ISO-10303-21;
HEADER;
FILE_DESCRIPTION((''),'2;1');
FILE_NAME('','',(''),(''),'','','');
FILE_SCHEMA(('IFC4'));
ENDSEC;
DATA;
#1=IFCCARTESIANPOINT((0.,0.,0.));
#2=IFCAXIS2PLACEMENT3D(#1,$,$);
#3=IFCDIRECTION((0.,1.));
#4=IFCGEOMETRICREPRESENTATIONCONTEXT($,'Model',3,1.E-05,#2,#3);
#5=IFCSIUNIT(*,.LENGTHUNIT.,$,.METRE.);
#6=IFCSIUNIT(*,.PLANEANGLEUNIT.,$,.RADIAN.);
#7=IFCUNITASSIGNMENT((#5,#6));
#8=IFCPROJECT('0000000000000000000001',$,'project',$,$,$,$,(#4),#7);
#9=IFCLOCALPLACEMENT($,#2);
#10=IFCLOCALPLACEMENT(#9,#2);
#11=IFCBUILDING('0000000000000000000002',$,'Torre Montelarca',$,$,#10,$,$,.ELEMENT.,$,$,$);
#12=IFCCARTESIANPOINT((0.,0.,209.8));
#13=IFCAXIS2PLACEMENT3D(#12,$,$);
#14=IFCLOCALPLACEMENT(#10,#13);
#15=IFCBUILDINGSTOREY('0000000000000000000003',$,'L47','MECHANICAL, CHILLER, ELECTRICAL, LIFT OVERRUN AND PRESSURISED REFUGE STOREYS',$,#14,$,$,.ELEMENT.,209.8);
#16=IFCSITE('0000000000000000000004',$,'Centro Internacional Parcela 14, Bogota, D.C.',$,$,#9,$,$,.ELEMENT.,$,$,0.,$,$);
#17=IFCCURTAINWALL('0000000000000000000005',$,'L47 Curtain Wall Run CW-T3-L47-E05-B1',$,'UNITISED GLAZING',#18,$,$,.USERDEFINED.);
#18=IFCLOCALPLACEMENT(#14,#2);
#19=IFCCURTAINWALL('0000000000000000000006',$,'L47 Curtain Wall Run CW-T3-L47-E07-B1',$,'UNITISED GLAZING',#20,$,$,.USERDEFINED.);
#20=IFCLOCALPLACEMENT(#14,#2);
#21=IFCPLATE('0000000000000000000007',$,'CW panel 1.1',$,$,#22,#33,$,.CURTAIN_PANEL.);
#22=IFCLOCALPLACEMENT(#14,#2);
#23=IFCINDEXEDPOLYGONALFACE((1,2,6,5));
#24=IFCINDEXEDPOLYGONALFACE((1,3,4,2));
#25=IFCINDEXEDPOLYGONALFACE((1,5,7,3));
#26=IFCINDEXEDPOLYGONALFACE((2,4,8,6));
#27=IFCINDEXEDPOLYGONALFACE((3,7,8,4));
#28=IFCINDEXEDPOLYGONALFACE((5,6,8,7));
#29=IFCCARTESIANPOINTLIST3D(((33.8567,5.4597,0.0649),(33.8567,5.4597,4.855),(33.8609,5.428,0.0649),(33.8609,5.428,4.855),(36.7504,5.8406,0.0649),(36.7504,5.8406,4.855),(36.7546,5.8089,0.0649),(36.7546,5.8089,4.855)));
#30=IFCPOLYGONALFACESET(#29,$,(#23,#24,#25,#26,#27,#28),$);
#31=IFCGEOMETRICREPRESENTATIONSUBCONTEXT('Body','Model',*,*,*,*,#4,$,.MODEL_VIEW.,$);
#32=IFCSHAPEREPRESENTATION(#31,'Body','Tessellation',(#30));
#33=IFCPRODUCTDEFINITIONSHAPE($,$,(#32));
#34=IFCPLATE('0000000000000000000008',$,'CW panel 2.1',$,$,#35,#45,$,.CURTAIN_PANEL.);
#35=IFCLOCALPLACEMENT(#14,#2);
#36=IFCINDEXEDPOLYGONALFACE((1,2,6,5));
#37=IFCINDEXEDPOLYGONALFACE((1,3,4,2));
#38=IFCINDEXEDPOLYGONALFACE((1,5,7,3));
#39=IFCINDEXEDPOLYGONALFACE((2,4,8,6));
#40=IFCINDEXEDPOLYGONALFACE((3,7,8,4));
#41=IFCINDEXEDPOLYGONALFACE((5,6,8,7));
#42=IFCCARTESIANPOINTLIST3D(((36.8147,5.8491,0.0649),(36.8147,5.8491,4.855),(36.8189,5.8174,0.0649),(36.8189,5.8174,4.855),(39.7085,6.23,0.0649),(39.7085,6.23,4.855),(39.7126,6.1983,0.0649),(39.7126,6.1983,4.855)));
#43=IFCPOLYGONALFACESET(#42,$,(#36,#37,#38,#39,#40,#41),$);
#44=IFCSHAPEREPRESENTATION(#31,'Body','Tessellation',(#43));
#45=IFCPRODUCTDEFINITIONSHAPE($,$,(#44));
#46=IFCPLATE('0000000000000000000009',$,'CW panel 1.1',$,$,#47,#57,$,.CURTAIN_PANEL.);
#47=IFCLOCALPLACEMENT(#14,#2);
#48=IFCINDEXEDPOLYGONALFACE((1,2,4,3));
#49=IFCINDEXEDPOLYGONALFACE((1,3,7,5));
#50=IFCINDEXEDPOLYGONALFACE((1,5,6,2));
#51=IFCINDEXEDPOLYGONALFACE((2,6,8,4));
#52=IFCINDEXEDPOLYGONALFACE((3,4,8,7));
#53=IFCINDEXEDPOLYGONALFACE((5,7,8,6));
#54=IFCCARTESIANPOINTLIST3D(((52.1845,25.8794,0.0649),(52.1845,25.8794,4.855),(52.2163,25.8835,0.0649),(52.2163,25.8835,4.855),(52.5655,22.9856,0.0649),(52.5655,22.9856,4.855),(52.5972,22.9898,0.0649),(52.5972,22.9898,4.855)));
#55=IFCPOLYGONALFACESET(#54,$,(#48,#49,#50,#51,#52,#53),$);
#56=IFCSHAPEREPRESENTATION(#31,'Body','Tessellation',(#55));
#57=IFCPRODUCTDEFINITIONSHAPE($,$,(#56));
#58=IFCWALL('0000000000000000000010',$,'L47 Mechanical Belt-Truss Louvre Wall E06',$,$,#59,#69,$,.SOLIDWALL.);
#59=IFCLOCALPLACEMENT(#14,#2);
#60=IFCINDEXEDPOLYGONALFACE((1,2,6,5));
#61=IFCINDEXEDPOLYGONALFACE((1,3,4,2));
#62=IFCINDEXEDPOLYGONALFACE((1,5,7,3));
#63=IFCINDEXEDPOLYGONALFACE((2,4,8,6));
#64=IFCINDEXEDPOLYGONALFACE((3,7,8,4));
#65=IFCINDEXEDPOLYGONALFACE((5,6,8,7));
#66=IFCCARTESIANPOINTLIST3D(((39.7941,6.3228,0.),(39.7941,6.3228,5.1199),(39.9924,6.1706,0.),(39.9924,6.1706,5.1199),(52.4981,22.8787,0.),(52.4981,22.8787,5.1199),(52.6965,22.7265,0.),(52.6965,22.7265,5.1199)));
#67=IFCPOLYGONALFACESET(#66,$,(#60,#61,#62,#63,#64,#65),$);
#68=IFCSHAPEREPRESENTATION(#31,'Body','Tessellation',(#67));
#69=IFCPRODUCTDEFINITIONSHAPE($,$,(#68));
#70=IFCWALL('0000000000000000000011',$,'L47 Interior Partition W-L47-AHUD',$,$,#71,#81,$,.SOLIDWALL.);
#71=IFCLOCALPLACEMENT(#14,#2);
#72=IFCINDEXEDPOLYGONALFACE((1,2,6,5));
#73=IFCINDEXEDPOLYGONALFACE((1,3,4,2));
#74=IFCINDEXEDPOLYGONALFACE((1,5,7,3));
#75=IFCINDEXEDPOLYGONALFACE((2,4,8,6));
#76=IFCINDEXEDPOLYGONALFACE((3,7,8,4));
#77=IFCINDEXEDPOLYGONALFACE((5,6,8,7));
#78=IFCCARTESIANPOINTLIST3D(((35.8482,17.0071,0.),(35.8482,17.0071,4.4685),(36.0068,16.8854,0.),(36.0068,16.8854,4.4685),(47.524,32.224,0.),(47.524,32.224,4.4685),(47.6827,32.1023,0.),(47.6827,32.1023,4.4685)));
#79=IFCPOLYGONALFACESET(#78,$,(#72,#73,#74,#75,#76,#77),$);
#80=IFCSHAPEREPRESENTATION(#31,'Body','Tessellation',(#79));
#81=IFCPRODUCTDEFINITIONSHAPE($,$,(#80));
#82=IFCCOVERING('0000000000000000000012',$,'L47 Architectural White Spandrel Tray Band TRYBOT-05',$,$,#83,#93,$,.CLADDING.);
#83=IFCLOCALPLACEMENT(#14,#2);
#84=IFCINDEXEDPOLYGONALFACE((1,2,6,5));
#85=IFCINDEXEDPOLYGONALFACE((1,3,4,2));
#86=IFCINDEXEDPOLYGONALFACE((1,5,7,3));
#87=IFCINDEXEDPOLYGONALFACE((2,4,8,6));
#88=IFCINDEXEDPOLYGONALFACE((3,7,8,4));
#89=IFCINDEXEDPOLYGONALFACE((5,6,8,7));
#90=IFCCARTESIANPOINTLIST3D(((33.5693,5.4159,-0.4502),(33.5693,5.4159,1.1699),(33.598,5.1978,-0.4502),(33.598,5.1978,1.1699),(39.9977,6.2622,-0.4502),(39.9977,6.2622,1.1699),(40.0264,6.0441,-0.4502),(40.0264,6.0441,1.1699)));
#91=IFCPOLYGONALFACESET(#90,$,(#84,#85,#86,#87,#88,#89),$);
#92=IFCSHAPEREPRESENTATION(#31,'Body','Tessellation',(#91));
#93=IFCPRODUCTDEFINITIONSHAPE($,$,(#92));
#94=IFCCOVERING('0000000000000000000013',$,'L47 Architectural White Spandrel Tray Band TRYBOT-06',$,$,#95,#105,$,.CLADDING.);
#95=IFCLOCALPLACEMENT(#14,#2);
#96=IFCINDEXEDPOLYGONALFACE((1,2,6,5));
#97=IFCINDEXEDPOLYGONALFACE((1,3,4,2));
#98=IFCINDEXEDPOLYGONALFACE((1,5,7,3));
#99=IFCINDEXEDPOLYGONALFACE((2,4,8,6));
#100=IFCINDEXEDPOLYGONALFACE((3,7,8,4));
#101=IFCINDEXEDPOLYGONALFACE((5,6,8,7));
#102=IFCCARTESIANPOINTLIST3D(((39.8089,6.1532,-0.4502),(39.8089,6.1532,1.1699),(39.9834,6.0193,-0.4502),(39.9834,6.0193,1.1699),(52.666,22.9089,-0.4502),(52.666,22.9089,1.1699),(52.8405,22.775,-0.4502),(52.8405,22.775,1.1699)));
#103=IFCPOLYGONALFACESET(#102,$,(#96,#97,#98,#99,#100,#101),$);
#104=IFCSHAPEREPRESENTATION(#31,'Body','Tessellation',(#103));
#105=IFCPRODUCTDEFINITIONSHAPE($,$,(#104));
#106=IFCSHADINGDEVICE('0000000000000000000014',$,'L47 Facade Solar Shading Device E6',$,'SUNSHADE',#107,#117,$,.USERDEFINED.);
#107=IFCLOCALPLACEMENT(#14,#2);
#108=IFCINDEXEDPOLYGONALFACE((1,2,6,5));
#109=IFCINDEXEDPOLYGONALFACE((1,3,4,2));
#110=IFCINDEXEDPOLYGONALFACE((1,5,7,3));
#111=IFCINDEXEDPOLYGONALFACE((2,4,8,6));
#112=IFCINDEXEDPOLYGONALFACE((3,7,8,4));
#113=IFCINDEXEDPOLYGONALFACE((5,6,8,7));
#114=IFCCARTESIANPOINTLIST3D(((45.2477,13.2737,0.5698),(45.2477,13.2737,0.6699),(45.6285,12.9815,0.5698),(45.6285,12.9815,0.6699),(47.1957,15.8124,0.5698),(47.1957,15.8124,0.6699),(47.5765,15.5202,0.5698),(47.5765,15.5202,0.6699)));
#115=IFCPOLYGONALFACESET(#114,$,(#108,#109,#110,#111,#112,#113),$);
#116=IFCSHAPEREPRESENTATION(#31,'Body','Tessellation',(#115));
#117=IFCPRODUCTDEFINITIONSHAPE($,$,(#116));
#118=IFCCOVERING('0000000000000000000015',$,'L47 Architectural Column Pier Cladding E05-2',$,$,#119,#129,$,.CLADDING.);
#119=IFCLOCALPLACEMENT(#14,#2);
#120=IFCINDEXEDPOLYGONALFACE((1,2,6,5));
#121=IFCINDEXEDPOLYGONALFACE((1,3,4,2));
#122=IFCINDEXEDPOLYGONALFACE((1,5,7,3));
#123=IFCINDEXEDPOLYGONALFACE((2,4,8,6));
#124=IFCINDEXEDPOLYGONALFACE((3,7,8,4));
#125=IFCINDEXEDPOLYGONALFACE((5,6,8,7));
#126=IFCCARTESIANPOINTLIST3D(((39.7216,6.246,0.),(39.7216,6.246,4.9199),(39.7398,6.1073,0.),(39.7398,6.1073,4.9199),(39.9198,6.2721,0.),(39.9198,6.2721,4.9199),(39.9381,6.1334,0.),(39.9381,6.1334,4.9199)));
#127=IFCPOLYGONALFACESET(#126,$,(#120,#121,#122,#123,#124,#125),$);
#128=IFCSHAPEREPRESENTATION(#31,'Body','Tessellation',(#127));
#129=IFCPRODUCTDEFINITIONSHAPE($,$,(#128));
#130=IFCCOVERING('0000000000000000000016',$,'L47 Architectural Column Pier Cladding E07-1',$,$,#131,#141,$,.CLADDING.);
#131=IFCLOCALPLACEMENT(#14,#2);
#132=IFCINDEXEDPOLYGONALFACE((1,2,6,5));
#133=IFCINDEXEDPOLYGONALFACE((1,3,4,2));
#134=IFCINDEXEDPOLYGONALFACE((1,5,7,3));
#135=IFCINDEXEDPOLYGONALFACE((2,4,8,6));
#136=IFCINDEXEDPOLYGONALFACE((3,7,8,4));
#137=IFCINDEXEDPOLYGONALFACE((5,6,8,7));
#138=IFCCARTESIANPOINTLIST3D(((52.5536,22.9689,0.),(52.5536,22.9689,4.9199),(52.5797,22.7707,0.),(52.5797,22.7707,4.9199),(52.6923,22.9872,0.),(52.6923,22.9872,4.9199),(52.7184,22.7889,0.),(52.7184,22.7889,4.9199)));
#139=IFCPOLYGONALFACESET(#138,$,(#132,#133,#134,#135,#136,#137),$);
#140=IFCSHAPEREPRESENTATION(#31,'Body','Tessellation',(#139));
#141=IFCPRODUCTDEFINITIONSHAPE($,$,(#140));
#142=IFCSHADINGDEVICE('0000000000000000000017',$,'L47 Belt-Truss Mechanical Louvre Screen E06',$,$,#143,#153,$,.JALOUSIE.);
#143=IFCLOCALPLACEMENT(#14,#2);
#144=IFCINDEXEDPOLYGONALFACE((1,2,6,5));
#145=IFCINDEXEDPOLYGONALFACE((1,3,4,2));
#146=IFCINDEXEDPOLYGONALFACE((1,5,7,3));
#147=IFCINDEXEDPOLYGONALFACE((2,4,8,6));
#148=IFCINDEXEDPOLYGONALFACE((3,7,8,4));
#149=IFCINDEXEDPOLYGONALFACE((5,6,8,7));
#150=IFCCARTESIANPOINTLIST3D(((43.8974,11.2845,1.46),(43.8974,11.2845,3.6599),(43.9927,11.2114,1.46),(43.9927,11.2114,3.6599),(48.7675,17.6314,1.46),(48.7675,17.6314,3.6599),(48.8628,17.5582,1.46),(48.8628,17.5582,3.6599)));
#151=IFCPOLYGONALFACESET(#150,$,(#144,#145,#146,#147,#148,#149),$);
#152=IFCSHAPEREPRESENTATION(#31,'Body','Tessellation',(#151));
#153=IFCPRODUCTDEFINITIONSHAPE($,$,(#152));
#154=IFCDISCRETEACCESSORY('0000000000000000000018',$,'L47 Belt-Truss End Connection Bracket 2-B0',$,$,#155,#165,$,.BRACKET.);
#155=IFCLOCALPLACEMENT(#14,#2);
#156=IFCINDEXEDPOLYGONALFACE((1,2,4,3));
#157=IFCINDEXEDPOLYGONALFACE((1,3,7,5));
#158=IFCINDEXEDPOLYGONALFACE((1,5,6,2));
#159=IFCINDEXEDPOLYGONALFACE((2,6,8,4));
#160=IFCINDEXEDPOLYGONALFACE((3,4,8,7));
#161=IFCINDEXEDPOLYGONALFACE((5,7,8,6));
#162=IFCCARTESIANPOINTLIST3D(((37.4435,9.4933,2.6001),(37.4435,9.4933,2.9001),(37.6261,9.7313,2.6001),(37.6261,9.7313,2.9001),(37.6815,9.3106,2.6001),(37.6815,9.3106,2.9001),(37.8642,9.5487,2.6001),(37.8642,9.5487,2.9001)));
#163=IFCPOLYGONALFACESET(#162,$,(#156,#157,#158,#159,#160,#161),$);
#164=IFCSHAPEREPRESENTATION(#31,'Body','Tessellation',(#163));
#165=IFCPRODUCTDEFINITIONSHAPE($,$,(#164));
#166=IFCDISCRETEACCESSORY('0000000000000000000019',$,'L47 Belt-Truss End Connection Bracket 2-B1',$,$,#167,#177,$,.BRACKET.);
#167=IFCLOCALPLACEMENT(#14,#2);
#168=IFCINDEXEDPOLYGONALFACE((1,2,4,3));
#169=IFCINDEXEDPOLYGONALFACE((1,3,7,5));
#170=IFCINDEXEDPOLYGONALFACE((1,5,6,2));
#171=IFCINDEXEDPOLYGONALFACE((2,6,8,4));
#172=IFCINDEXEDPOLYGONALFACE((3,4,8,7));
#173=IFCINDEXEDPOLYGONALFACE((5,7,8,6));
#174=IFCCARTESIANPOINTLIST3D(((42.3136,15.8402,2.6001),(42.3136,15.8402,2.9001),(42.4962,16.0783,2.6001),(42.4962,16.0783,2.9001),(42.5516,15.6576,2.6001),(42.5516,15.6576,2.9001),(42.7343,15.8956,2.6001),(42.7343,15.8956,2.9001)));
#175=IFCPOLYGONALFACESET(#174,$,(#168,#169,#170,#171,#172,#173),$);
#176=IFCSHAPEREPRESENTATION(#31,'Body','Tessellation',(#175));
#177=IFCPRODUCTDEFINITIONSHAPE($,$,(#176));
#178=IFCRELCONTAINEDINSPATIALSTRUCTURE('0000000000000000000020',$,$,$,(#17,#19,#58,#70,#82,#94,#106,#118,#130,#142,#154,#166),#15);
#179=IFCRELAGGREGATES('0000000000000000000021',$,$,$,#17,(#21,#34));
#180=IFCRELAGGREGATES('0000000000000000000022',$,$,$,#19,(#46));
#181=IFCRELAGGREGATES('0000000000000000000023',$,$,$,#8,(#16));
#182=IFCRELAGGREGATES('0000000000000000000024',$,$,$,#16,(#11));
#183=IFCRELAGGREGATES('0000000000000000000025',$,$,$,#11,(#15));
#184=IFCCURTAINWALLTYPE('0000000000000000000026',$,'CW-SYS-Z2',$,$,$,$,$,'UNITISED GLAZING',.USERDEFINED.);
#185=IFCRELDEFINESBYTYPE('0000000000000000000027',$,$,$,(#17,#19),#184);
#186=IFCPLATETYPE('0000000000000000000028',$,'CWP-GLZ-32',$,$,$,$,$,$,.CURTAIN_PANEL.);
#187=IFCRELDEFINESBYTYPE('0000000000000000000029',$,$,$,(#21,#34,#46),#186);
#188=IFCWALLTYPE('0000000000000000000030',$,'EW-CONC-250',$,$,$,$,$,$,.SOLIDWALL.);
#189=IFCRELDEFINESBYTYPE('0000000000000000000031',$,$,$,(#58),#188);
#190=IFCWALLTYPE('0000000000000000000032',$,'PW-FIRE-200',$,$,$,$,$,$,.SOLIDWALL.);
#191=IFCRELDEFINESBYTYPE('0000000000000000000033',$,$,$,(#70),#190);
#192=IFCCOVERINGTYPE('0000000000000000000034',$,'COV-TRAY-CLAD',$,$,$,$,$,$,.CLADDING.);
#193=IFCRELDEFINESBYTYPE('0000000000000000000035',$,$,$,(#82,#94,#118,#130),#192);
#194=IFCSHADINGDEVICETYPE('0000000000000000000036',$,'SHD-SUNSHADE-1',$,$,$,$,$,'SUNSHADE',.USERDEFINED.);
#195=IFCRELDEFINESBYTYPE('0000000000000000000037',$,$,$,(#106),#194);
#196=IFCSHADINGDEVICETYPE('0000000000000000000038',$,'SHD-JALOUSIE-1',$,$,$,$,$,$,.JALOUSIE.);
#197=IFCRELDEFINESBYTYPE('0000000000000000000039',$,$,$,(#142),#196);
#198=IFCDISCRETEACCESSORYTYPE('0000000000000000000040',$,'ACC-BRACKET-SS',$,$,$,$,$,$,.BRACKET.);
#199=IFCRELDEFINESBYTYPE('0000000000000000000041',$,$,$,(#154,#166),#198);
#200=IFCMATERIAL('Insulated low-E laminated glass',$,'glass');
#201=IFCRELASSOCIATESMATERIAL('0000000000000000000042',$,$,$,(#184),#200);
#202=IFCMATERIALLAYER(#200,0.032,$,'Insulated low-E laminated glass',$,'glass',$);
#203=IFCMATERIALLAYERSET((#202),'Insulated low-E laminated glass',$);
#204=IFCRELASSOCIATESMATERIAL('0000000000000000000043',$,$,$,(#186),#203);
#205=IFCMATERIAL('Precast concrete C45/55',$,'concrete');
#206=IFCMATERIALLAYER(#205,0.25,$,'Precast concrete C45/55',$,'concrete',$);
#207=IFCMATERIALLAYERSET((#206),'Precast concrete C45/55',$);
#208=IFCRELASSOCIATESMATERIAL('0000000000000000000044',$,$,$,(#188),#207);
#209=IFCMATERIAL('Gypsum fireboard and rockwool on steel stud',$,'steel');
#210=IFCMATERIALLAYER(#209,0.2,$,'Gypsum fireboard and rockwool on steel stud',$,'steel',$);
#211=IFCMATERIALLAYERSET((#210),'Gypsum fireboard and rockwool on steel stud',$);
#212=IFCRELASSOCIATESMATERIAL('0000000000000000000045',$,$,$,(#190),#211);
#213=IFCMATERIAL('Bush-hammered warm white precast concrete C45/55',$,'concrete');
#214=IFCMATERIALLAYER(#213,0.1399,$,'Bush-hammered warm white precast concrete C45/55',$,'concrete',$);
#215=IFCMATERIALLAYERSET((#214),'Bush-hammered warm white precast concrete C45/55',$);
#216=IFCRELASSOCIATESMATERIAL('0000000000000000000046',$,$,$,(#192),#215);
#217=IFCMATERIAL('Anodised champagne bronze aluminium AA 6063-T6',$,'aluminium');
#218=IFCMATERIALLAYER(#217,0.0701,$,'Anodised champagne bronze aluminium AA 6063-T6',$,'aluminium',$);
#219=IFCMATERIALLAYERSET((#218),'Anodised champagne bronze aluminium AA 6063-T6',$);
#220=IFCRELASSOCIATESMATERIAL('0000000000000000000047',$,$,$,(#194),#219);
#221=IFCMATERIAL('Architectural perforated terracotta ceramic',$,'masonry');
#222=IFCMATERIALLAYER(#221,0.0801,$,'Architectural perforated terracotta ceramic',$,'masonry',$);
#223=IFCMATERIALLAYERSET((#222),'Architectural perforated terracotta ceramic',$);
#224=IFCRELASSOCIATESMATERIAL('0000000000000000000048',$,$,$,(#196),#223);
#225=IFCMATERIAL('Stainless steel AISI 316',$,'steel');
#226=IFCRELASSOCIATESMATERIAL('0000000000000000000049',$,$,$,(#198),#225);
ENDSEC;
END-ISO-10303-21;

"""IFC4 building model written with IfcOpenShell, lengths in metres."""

from ifc_helpers import new_model, si_unit, direction, frame, frame_2d, origin, origin_2d, place, context, subcontext, project, spatial, rectangle, extrude, source, transform, mapped, material, layer, layer_set, type_object, element, aggregate, save


model = new_model("IFC4")

# Units and contexts
model_context = context("Model", 3, precision=1e-05, world=origin(), true_north=direction((0.0, 1.0)))
body_context = subcontext(model_context, "Body", "Model", "MODEL_VIEW")
ifc_project = project(units=[si_unit("LENGTHUNIT", "METRE"), si_unit("PLANEANGLEUNIT", "RADIAN")], contexts=[model_context])

# Site, building, storey
site_placement = place(None, origin())
site = spatial("IfcSite", under=ifc_project, at=site_placement, Name="Centro Internacional Parcela 14, Bogota, D.C.", CompositionType="ELEMENT", RefElevation=0.0)
building_placement = place(site_placement, origin())
building = spatial("IfcBuilding", under=site, at=building_placement, Name="Torre Montelarca", CompositionType="ELEMENT")
storey_placement = place(building_placement, frame((0.0, 0.0, 209.8)))
storey = spatial("IfcBuildingStorey", under=building, at=storey_placement, Name="L47", Description="MECHANICAL, CHILLER, ELECTRICAL, LIFT OVERRUN AND PRESSURISED REFUGE STOREYS", CompositionType="ELEMENT", Elevation=209.8)

# Curtain walls
ifc_material_1 = material(Name="Insulated low-E laminated glass", Category="glass")
curtain_wall_type = type_object("IfcCurtainWallType", Name="CW-SYS-Z2", ElementType="UNITISED GLAZING", PredefinedType="USERDEFINED", material=ifc_material_1)
curtain_wall_1_placement = place(storey_placement, origin())
curtain_wall_1 = element("IfcCurtainWall", 1, at=curtain_wall_1_placement, inside=storey, type_object=curtain_wall_type, Name="L47 Curtain Wall Run CW-T3-L47-E05-B1", ObjectType="UNITISED GLAZING", PredefinedType="USERDEFINED")
curtain_wall_2_placement = place(storey_placement, origin())
curtain_wall_2 = element("IfcCurtainWall", 2, at=curtain_wall_2_placement, inside=storey, type_object=curtain_wall_type, Name="L47 Curtain Wall Run CW-T3-L47-E07-B1", ObjectType="UNITISED GLAZING", PredefinedType="USERDEFINED")

# Shared definitions
ifc_material_2 = material(Name="Architectural perforated terracotta ceramic", Category="masonry")

# Plates
ifc_layer_1 = layer(ifc_material_1, 0.032, Name="Insulated low-E laminated glass", Category="glass")
ifc_layer_set_1 = layer_set([ifc_layer_1], Name="Insulated low-E laminated glass")
plate_type_1 = type_object("IfcPlateType", Name="CWP-GLZ-32", PredefinedType="CURTAIN_PANEL", material=ifc_layer_set_1)
shared_shape_1 = source(origin(), body_context, "Body", "SweptSolid", [
    extrude(rectangle(XDim=2.9187, YDim=0.032, at=origin_2d()), origin(), (0.0, 0.0, 1.0), 4.79),
])
plate_1_placement = place(storey_placement, frame((35.3057, 5.6343, 0.0649), z_axis=(0.0, 0.0, 1.0), x_axis=(0.991447, 0.130512, 0.0)))
plate_1 = element("IfcPlate", 3, at=plate_1_placement, type_object=plate_type_1, Name="CW panel 1.1", PredefinedType="CURTAIN_PANEL", context=body_context, shape_type="MappedRepresentation", body=[
    mapped(shared_shape_1, transform((0.0, 0.0, 0.0), scale=1.0)),
])
plate_2_placement = place(storey_placement, frame((38.2637, 6.0237, 0.0649), z_axis=(0.0, 0.0, 1.0), x_axis=(0.991447, 0.130512, 0.0)))
plate_2 = element("IfcPlate", 4, at=plate_2_placement, type_object=plate_type_1, Name="CW panel 2.1", PredefinedType="CURTAIN_PANEL", context=body_context, shape_type="MappedRepresentation", body=[
    mapped(shared_shape_1, transform((0.0, 0.0, 0.0), scale=1.0)),
])
aggregate(curtain_wall_1, [plate_1, plate_2])
plate_3_placement = place(storey_placement, frame((52.3909, 24.4346, 0.0649), z_axis=(0.0, 0.0, 1.0), x_axis=(-0.130514, 0.991446, 0.0)))
plate_3 = element("IfcPlate", 5, at=plate_3_placement, type_object=plate_type_1, Name="CW panel 1.1", PredefinedType="CURTAIN_PANEL", context=body_context, shape_type="MappedRepresentation", body=[
    mapped(shared_shape_1, transform((0.0, 0.0, 0.0), scale=1.0)),
])
aggregate(curtain_wall_2, [plate_3])

# Walls
ifc_material_3 = material(Name="Precast concrete C45/55", Category="concrete")
ifc_layer_2 = layer(ifc_material_3, 0.25, Name="Precast concrete C45/55", Category="concrete")
ifc_layer_set_2 = layer_set([ifc_layer_2], Name="Precast concrete C45/55")
wall_type_1 = type_object("IfcWallType", Name="EW-CONC-250", PredefinedType="SOLIDWALL", material=ifc_layer_set_2)
wall_1_placement = place(storey_placement, frame((39.8933, 6.2468, 0.0), z_axis=(0.0, 0.0, 1.0), x_axis=(0.608771, 0.793346, 0.0)))
element("IfcWall", 6, at=wall_1_placement, inside=storey, type_object=wall_type_1, Name="L47 Mechanical Belt-Truss Louvre Wall E06", PredefinedType="SOLIDWALL", context=body_context, shape_type="SweptSolid", body=[
    extrude(rectangle(XDim=20.8684, YDim=0.25, at=frame_2d((10.4341, 0.0))), origin(), (0.0, 0.0, 1.0), 5.1199),
])
ifc_material_4 = material(Name="Gypsum fireboard and rockwool on steel stud", Category="steel")
ifc_layer_3 = layer(ifc_material_4, 0.2, Name="Gypsum fireboard and rockwool on steel stud", Category="steel")
ifc_layer_set_3 = layer_set([ifc_layer_3], Name="Gypsum fireboard and rockwool on steel stud")
wall_type_2 = type_object("IfcWallType", Name="PW-FIRE-200", PredefinedType="SOLIDWALL", material=ifc_layer_set_3)
wall_2_placement = place(storey_placement, frame((35.9275, 16.9463, 0.0), z_axis=(0.0, 0.0, 1.0), x_axis=(0.608746, 0.793365, 0.0)))
element("IfcWall", 7, at=wall_2_placement, inside=storey, type_object=wall_type_2, Name="L47 Interior Partition W-L47-AHUD", PredefinedType="SOLIDWALL", context=body_context, shape_type="SweptSolid", body=[
    extrude(rectangle(XDim=19.1802, YDim=0.2, at=frame_2d((9.5901, 0.0))), origin(), (0.0, 0.0, 1.0), 4.4685),
])

# Coverings
ifc_material_5 = material(Name="Bush-hammered warm white precast concrete C45/55", Category="concrete")
ifc_layer_4 = layer(ifc_material_5, 0.1399, Name="Bush-hammered warm white precast concrete C45/55", Category="concrete")
ifc_layer_set_4 = layer_set([ifc_layer_4], Name="Bush-hammered warm white precast concrete C45/55")
covering_type = type_object("IfcCoveringType", Name="COV-TRAY-CLAD", PredefinedType="CLADDING", material=ifc_layer_set_4)
shared_shape_2 = source(origin(), body_context, "Body", "SweptSolid", [
    extrude(rectangle(XDim=6.4839, YDim=0.22, at=origin_2d()), origin(), (0.0, 0.0, 1.0), 1.6201),
])
covering_1_placement = place(storey_placement, frame((36.7979, 5.73, -0.4502), z_axis=(0.0, 0.0, 1.0), x_axis=(0.991444, 0.13053, 0.0)))
element("IfcCovering", 8, at=covering_1_placement, inside=storey, type_object=covering_type, Name="L47 Architectural White Spandrel Tray Band TRYBOT-05", PredefinedType="CLADDING", context=body_context, shape_type="MappedRepresentation", body=[
    mapped(shared_shape_2, transform((0.0, 0.0, 0.0), scale=1.0)),
])
shared_shape_3 = source(origin(), body_context, "Body", "SweptSolid", [
    extrude(rectangle(XDim=21.1201, YDim=0.22, at=origin_2d()), origin(), (0.0, 0.0, 1.0), 1.6201),
])
covering_2_placement = place(storey_placement, frame((46.3247, 14.4641, -0.4502), z_axis=(0.0, 0.0, 1.0), x_axis=(0.608763, 0.793352, 0.0)))
element("IfcCovering", 9, at=covering_2_placement, inside=storey, type_object=covering_type, Name="L47 Architectural White Spandrel Tray Band TRYBOT-06", PredefinedType="CLADDING", context=body_context, shape_type="MappedRepresentation", body=[
    mapped(shared_shape_3, transform((0.0, 0.0, 0.0), scale=1.0)),
])

# Shading device
ifc_material_6 = material(Name="Anodised champagne bronze aluminium AA 6063-T6", Category="aluminium")
ifc_layer_5 = layer(ifc_material_6, 0.0701, Name="Anodised champagne bronze aluminium AA 6063-T6", Category="aluminium")
ifc_layer_set_5 = layer_set([ifc_layer_5], Name="Anodised champagne bronze aluminium AA 6063-T6")
shading_device_type_1 = type_object("IfcShadingDeviceType", Name="SHD-SUNSHADE-1", ElementType="SUNSHADE", PredefinedType="USERDEFINED", material=ifc_layer_set_5)
shared_shape_4 = source(origin(), body_context, "Body", "SweptSolid", [
    extrude(rectangle(XDim=3.2, YDim=0.48, at=origin_2d()), origin(), (0.0, 0.0, 1.0), 0.1001),
])
shading_device_1_placement = place(storey_placement, frame((46.4121, 14.397, 0.5698), z_axis=(0.0, 0.0, 1.0), x_axis=(0.608763, 0.793352, 0.0)))
element("IfcShadingDevice", 10, at=shading_device_1_placement, inside=storey, type_object=shading_device_type_1, Name="L47 Facade Solar Shading Device E6", ObjectType="SUNSHADE", PredefinedType="USERDEFINED", context=body_context, shape_type="MappedRepresentation", body=[
    mapped(shared_shape_4, transform((0.0, 0.0, 0.0), scale=1.0)),
])

# Coverings
shared_shape_5 = source(origin(), body_context, "Body", "SweptSolid", [
    extrude(rectangle(XDim=0.2, YDim=0.1399, at=origin_2d()), origin(), (0.0, 0.0, 1.0), 4.9199),
])
for number, where, z_axis, x_axis, name in (
    (11, (39.8298, 6.1897, 0.0), (0.0, 0.0, 1.0), (0.991444, 0.13053, 0.0), "L47 Architectural Column Pier Cladding E05-2"),
    (12, (52.636, 22.8789, 0.0), (0.0, 0.0, 1.0), (-0.130531, 0.991444, 0.0), "L47 Architectural Column Pier Cladding E07-1"),
):
    element("IfcCovering", number, at=place(storey_placement, frame(where, z_axis=z_axis, x_axis=x_axis)), inside=storey, type_object=covering_type, Name=name, PredefinedType="CLADDING", context=body_context, shape_type="MappedRepresentation", body=[
        mapped(shared_shape_5, transform((0.0, 0.0, 0.0), scale=1.0)),
    ])

# Shading device
ifc_layer_6 = layer(ifc_material_2, 0.0801, Name="Architectural perforated terracotta ceramic", Category="masonry")
ifc_layer_set_6 = layer_set([ifc_layer_6], Name="Architectural perforated terracotta ceramic")
shading_device_type_2 = type_object("IfcShadingDeviceType", Name="SHD-JALOUSIE-1", PredefinedType="JALOUSIE", material=ifc_layer_set_6)
shared_shape_6 = source(origin(), body_context, "Body", "SweptSolid", [
    extrude(rectangle(XDim=8.0, YDim=0.1201, at=origin_2d()), origin(), (0.0, 0.0, 1.0), 2.2),
])
shading_device_2_placement = place(storey_placement, frame((46.3801, 14.4214, 1.46), z_axis=(0.0, 0.0, 1.0), x_axis=(0.608764, 0.793351, 0.0)))
element("IfcShadingDevice", 13, at=shading_device_2_placement, inside=storey, type_object=shading_device_type_2, Name="L47 Belt-Truss Mechanical Louvre Screen E06", PredefinedType="JALOUSIE", context=body_context, shape_type="MappedRepresentation", body=[
    mapped(shared_shape_6, transform((0.0, 0.0, 0.0), scale=1.0)),
])

# Discrete accessories
ifc_material_7 = material(Name="Stainless steel AISI 316", Category="steel")
discrete_accessory_type = type_object("IfcDiscreteAccessoryType", Name="ACC-BRACKET-SS", PredefinedType="BRACKET", material=ifc_material_7)
shared_shape_7 = source(origin(), body_context, "Body", "SweptSolid", [
    extrude(rectangle(XDim=0.3, YDim=0.3, at=origin_2d()), origin(), (0.0, 0.0, 1.0), 0.3),
])
for number, where, z_axis, x_axis, name in (
    (14, (37.6538, 9.521, 2.6001), (0.0, 0.0, 1.0), (0.608761, 0.793353, 0.0), "L47 Belt-Truss End Connection Bracket 2-B0"),
    (15, (42.5239, 15.8679, 2.6001), (0.0, 0.0, 1.0), (0.608761, 0.793353, 0.0), "L47 Belt-Truss End Connection Bracket 2-B1"),
):
    element("IfcDiscreteAccessory", number, at=place(storey_placement, frame(where, z_axis=z_axis, x_axis=x_axis)), inside=storey, type_object=discrete_accessory_type, Name=name, PredefinedType="BRACKET", context=body_context, shape_type="MappedRepresentation", body=[
        mapped(shared_shape_7, transform((0.0, 0.0, 0.0), scale=1.0)),
    ])

save(model, "model.ifc")
